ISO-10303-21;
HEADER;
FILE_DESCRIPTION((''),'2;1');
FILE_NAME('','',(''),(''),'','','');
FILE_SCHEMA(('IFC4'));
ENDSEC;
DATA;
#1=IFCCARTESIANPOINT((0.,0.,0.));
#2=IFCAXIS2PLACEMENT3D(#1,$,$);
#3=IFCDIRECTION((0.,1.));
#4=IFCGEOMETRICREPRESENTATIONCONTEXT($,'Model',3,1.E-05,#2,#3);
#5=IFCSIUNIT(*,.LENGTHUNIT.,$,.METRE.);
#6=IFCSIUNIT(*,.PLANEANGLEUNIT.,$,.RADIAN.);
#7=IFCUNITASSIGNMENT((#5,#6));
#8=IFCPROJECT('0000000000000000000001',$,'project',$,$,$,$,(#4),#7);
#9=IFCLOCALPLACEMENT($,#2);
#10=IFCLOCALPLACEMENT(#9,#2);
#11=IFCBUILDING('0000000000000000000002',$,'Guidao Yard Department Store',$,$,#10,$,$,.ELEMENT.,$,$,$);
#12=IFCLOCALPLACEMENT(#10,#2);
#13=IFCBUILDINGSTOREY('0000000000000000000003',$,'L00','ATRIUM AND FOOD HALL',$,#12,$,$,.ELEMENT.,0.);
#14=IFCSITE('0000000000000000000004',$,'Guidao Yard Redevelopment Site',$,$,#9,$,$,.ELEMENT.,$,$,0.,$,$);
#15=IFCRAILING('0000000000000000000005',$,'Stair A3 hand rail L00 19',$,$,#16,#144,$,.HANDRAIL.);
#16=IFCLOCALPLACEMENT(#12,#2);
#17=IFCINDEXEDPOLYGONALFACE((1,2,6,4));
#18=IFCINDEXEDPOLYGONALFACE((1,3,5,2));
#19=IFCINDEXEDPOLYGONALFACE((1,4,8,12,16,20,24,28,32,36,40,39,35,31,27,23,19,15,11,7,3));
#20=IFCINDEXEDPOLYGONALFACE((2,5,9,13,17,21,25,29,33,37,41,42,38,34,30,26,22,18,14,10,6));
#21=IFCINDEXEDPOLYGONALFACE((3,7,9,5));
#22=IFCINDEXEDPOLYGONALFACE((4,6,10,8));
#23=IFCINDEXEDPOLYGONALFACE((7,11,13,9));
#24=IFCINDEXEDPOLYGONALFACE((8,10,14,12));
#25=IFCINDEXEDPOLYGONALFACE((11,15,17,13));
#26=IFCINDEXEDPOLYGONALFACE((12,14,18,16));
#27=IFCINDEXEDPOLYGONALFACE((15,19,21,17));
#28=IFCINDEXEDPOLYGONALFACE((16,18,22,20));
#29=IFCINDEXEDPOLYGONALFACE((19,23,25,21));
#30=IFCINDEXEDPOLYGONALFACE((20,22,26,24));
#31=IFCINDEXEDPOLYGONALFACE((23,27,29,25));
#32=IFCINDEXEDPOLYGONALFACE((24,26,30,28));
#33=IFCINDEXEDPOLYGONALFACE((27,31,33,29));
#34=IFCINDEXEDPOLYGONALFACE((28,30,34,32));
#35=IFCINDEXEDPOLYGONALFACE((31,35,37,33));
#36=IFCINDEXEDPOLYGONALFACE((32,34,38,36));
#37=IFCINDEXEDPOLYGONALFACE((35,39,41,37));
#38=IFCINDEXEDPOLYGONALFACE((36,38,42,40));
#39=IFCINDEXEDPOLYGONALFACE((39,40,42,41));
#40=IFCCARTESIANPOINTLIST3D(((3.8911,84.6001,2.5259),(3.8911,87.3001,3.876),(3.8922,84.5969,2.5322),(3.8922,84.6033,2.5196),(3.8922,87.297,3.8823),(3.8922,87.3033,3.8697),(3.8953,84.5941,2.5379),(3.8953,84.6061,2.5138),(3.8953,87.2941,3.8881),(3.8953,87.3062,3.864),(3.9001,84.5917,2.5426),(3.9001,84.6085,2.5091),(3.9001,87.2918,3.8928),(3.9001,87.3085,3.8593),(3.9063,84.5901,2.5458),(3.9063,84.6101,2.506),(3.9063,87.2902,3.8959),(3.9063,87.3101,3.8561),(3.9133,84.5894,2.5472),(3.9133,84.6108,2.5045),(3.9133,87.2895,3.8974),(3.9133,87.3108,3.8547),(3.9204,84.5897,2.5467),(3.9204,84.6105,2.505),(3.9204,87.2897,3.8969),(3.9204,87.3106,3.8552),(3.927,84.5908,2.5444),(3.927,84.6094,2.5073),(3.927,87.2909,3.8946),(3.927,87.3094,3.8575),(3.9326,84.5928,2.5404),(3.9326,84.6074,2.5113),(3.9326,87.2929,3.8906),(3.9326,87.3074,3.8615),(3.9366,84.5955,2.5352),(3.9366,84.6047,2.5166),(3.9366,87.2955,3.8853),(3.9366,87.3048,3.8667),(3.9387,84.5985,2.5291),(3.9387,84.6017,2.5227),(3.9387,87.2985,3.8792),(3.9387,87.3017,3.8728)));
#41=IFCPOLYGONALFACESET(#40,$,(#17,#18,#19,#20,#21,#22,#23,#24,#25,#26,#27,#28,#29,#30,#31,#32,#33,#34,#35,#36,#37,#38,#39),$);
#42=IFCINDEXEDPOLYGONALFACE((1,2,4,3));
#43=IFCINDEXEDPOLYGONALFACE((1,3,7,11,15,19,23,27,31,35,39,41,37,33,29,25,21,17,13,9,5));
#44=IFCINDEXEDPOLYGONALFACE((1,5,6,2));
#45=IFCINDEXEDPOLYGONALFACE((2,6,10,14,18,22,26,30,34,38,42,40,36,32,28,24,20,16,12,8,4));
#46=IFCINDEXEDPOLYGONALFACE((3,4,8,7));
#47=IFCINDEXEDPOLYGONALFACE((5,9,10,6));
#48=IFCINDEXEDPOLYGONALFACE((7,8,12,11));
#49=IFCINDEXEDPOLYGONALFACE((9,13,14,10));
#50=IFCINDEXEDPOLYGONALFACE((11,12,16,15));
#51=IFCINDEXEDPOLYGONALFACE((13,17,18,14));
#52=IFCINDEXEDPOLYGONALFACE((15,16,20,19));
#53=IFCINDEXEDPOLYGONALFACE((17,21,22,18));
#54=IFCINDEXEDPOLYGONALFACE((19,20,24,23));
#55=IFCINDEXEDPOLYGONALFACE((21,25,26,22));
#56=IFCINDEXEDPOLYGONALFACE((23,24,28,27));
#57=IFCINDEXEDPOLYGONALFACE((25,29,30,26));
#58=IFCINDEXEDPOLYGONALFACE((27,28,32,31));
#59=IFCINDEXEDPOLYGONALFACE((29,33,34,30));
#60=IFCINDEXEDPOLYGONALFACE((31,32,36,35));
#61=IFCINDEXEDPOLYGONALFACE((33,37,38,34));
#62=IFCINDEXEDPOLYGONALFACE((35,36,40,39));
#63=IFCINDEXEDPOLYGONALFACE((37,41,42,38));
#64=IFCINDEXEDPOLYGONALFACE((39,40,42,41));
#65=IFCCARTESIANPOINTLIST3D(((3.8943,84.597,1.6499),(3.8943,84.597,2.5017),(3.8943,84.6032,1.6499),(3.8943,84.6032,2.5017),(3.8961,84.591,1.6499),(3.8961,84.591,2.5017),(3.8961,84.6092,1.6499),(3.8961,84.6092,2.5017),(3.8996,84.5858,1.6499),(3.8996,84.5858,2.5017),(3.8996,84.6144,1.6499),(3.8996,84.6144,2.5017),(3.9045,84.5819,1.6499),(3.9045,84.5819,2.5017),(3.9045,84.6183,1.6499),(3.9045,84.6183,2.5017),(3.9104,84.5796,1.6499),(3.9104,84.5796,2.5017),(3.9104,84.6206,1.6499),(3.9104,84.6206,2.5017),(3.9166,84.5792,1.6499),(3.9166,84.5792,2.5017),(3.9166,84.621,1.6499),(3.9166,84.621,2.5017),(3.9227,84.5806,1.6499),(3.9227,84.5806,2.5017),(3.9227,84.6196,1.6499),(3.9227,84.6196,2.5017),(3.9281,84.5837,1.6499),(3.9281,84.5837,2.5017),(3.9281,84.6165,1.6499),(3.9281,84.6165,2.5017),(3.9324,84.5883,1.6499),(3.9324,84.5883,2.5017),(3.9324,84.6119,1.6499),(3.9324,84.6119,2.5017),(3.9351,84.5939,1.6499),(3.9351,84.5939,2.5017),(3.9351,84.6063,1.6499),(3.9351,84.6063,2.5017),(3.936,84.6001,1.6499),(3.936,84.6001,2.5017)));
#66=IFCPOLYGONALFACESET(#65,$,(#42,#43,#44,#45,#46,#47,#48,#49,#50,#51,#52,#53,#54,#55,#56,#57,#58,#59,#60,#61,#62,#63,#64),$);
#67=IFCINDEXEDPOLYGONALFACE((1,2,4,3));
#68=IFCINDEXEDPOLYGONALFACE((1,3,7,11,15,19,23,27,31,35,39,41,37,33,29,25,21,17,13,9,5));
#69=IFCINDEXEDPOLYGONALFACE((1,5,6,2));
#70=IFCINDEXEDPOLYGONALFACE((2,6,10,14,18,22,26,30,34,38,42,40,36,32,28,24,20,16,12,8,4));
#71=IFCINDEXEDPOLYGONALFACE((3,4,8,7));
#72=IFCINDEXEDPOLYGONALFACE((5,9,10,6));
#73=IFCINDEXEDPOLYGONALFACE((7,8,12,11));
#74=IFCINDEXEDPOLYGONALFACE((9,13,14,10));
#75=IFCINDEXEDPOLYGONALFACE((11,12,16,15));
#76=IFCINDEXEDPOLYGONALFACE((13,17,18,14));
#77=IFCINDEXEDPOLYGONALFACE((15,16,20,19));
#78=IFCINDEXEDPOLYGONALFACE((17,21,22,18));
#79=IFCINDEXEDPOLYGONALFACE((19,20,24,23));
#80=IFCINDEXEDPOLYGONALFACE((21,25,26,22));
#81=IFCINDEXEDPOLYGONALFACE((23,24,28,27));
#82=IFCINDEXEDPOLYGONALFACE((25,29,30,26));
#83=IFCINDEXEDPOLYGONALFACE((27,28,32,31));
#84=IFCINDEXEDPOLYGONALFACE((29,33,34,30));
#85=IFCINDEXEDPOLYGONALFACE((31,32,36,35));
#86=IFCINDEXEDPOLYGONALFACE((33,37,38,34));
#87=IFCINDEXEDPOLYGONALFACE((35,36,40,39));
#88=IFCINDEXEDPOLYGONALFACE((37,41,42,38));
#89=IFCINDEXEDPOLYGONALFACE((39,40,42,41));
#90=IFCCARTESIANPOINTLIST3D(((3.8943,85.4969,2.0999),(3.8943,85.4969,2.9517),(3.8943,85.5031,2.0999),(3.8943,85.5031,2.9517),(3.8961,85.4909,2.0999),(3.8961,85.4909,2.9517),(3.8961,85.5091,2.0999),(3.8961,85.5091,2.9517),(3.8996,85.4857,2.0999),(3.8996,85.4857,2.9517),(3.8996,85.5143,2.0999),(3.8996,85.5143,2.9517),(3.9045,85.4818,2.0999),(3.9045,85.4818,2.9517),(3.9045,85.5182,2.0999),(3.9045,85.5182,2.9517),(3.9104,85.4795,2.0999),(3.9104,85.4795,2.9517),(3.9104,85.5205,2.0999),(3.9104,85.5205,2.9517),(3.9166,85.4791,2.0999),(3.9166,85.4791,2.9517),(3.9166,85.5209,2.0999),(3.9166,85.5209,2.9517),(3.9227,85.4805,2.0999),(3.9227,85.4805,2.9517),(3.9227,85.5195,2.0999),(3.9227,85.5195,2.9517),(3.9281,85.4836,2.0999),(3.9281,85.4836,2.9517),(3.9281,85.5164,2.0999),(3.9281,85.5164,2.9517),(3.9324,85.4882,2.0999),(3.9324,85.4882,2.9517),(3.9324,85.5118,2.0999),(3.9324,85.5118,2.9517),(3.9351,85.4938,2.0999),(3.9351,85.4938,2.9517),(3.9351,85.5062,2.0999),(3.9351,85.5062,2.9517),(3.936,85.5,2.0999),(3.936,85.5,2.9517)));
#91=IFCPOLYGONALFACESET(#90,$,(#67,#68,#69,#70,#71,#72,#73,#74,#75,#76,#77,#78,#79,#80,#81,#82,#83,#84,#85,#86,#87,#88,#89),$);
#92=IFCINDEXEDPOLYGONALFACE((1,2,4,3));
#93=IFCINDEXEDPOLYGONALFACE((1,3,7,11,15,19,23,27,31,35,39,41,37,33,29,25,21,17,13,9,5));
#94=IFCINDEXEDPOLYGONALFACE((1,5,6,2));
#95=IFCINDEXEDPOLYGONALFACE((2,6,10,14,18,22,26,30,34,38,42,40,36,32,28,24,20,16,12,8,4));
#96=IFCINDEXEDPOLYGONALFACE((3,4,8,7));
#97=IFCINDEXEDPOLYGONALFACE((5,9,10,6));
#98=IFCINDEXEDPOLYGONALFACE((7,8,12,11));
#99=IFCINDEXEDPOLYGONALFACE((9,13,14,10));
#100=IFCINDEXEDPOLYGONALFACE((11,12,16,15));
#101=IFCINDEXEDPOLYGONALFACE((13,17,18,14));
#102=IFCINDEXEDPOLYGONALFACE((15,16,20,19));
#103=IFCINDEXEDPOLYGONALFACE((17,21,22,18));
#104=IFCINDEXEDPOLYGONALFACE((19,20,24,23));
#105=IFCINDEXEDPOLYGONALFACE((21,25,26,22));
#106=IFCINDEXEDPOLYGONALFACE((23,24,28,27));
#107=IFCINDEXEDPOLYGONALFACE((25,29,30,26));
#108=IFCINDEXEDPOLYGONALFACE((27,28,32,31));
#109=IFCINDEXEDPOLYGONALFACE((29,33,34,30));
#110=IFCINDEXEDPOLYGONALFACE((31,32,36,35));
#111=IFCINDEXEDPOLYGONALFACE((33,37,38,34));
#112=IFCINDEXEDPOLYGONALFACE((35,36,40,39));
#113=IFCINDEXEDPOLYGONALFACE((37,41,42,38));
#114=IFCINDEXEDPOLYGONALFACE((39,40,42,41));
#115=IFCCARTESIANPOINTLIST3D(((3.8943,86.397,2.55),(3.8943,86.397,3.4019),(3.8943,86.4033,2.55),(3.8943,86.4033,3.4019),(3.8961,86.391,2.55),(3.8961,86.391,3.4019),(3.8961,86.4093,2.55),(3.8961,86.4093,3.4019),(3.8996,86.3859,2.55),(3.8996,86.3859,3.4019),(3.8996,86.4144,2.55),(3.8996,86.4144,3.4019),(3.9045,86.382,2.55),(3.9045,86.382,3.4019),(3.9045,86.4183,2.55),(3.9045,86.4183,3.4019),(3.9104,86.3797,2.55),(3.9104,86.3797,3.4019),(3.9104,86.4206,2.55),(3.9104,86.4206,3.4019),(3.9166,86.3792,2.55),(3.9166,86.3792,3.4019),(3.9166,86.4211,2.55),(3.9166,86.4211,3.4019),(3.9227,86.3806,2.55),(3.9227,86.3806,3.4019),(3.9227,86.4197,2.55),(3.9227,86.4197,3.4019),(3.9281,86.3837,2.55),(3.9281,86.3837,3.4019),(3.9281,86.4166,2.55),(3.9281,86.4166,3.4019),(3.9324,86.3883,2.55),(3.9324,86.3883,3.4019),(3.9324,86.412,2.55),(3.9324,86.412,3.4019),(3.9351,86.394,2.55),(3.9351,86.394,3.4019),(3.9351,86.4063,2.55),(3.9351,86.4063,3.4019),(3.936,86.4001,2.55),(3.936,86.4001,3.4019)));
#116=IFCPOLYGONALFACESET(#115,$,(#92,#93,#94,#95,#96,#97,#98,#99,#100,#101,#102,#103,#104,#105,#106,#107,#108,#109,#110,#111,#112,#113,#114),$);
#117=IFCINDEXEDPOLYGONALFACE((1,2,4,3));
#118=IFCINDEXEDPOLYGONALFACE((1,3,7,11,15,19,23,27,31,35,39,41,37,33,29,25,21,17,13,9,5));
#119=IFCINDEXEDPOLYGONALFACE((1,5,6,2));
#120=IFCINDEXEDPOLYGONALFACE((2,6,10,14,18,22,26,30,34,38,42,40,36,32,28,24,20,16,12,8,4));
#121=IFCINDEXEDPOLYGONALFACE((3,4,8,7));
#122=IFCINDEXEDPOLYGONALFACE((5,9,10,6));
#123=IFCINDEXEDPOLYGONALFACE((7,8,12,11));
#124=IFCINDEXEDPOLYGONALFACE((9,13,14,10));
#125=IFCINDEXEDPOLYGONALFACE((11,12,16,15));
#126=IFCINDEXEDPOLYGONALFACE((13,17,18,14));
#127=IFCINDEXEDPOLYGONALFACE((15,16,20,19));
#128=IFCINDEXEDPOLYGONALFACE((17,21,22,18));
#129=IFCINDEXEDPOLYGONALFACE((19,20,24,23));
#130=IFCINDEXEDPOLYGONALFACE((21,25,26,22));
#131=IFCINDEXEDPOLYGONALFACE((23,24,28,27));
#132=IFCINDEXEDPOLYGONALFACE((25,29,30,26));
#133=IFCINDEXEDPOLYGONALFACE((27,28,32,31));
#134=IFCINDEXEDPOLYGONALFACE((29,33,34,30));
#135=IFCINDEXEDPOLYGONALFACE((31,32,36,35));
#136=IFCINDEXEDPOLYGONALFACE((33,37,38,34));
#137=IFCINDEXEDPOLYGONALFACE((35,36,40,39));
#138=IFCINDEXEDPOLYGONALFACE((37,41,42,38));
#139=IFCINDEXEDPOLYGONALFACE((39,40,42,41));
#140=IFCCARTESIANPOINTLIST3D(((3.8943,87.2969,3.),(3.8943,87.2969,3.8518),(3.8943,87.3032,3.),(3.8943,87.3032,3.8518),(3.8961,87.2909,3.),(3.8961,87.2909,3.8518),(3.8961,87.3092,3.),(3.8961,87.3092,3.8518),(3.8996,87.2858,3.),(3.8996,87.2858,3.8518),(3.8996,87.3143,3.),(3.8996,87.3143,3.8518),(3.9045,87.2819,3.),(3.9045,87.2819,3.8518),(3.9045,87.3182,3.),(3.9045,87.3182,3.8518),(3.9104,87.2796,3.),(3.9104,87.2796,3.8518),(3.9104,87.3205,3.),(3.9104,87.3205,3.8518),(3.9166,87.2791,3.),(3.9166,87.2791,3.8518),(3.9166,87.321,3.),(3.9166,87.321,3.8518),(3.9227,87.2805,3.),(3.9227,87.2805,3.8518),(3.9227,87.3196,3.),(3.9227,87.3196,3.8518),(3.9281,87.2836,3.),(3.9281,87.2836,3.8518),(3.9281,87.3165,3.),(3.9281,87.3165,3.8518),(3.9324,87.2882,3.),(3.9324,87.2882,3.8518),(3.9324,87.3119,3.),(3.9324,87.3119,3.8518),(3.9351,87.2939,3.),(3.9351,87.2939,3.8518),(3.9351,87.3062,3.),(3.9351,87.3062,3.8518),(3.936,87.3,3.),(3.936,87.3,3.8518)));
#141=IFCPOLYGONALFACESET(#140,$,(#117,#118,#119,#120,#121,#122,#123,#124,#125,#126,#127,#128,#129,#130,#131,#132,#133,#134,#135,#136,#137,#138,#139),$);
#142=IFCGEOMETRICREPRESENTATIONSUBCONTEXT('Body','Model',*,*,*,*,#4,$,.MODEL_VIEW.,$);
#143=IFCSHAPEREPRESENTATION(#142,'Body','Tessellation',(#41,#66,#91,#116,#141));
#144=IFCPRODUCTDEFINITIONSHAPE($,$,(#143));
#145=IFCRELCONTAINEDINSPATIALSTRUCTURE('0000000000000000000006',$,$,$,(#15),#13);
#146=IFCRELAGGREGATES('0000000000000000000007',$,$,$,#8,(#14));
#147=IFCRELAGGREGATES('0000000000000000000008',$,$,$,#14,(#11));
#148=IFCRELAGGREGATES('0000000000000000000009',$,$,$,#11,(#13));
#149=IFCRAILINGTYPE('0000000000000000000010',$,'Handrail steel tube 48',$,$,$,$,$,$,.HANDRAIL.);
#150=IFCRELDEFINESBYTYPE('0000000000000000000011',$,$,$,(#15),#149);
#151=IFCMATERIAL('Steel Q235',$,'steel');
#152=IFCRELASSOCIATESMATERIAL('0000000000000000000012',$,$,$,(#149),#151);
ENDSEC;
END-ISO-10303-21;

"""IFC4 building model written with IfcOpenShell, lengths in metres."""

from ifc_helpers import new_model, si_unit, direction, frame, origin, origin_2d, place, context, subcontext, project, spatial, circle, extrude, material, type_object, element, save


model = new_model("IFC4")

# Units and contexts
model_context = context("Model", 3, precision=1e-05, world=origin(), true_north=direction((0.0, 1.0)))
body_context = subcontext(model_context, "Body", "Model", "MODEL_VIEW")
ifc_project = project(units=[si_unit("LENGTHUNIT", "METRE"), si_unit("PLANEANGLEUNIT", "RADIAN")], contexts=[model_context])

# Site, building, storey
site_placement = place(None, origin())
site = spatial("IfcSite", under=ifc_project, at=site_placement, Name="Guidao Yard Redevelopment Site", CompositionType="ELEMENT", RefElevation=0.0)
building_placement = place(site_placement, origin())
building = spatial("IfcBuilding", under=site, at=building_placement, Name="Guidao Yard Department Store", CompositionType="ELEMENT")
storey_placement = place(building_placement, origin())
storey = spatial("IfcBuildingStorey", under=building, at=storey_placement, Name="L00", Description="ATRIUM AND FOOD HALL", CompositionType="ELEMENT", Elevation=0.0)

# Railing
ifc_material_1 = material(Name="Steel Q235", Category="steel")
railing_type = type_object("IfcRailingType", Name="Handrail steel tube 48", PredefinedType="HANDRAIL", material=ifc_material_1)
for number, where, name in (
    (1, (3.915, 84.6001, 1.6499), "Stair A3 hand rail L00 19"),
):
    element("IfcRailing", number, at=place(storey_placement, frame(where)), inside=storey, type_object=railing_type, Name=name, PredefinedType="HANDRAIL", context=body_context, shape_type="SweptSolid", body=[
        extrude(circle(Radius=0.0239, at=origin_2d()), frame((0.0, 0.0, 0.876), z_axis=(0.0, 0.894411, 0.447246), x_axis=(-1.0, 0.0, 0.0)), (0.0, 0.0, 1.0), 3.0188),
        extrude(circle(Radius=0.021, at=origin_2d()), origin(), (0.0, 0.0, 1.0), 0.8518),
        extrude(circle(Radius=0.021, at=origin_2d()), frame((0.0, 0.8999, 0.45)), (0.0, 0.0, 1.0), 0.8518),
        extrude(circle(Radius=0.021, at=origin_2d()), frame((0.0, 1.8, 0.9001)), (0.0, 0.0, 1.0), 0.8518),
        extrude(circle(Radius=0.021, at=origin_2d()), frame((0.0, 2.7, 1.3501)), (0.0, 0.0, 1.0), 0.8518),
    ])

save(model, "model.ifc")
